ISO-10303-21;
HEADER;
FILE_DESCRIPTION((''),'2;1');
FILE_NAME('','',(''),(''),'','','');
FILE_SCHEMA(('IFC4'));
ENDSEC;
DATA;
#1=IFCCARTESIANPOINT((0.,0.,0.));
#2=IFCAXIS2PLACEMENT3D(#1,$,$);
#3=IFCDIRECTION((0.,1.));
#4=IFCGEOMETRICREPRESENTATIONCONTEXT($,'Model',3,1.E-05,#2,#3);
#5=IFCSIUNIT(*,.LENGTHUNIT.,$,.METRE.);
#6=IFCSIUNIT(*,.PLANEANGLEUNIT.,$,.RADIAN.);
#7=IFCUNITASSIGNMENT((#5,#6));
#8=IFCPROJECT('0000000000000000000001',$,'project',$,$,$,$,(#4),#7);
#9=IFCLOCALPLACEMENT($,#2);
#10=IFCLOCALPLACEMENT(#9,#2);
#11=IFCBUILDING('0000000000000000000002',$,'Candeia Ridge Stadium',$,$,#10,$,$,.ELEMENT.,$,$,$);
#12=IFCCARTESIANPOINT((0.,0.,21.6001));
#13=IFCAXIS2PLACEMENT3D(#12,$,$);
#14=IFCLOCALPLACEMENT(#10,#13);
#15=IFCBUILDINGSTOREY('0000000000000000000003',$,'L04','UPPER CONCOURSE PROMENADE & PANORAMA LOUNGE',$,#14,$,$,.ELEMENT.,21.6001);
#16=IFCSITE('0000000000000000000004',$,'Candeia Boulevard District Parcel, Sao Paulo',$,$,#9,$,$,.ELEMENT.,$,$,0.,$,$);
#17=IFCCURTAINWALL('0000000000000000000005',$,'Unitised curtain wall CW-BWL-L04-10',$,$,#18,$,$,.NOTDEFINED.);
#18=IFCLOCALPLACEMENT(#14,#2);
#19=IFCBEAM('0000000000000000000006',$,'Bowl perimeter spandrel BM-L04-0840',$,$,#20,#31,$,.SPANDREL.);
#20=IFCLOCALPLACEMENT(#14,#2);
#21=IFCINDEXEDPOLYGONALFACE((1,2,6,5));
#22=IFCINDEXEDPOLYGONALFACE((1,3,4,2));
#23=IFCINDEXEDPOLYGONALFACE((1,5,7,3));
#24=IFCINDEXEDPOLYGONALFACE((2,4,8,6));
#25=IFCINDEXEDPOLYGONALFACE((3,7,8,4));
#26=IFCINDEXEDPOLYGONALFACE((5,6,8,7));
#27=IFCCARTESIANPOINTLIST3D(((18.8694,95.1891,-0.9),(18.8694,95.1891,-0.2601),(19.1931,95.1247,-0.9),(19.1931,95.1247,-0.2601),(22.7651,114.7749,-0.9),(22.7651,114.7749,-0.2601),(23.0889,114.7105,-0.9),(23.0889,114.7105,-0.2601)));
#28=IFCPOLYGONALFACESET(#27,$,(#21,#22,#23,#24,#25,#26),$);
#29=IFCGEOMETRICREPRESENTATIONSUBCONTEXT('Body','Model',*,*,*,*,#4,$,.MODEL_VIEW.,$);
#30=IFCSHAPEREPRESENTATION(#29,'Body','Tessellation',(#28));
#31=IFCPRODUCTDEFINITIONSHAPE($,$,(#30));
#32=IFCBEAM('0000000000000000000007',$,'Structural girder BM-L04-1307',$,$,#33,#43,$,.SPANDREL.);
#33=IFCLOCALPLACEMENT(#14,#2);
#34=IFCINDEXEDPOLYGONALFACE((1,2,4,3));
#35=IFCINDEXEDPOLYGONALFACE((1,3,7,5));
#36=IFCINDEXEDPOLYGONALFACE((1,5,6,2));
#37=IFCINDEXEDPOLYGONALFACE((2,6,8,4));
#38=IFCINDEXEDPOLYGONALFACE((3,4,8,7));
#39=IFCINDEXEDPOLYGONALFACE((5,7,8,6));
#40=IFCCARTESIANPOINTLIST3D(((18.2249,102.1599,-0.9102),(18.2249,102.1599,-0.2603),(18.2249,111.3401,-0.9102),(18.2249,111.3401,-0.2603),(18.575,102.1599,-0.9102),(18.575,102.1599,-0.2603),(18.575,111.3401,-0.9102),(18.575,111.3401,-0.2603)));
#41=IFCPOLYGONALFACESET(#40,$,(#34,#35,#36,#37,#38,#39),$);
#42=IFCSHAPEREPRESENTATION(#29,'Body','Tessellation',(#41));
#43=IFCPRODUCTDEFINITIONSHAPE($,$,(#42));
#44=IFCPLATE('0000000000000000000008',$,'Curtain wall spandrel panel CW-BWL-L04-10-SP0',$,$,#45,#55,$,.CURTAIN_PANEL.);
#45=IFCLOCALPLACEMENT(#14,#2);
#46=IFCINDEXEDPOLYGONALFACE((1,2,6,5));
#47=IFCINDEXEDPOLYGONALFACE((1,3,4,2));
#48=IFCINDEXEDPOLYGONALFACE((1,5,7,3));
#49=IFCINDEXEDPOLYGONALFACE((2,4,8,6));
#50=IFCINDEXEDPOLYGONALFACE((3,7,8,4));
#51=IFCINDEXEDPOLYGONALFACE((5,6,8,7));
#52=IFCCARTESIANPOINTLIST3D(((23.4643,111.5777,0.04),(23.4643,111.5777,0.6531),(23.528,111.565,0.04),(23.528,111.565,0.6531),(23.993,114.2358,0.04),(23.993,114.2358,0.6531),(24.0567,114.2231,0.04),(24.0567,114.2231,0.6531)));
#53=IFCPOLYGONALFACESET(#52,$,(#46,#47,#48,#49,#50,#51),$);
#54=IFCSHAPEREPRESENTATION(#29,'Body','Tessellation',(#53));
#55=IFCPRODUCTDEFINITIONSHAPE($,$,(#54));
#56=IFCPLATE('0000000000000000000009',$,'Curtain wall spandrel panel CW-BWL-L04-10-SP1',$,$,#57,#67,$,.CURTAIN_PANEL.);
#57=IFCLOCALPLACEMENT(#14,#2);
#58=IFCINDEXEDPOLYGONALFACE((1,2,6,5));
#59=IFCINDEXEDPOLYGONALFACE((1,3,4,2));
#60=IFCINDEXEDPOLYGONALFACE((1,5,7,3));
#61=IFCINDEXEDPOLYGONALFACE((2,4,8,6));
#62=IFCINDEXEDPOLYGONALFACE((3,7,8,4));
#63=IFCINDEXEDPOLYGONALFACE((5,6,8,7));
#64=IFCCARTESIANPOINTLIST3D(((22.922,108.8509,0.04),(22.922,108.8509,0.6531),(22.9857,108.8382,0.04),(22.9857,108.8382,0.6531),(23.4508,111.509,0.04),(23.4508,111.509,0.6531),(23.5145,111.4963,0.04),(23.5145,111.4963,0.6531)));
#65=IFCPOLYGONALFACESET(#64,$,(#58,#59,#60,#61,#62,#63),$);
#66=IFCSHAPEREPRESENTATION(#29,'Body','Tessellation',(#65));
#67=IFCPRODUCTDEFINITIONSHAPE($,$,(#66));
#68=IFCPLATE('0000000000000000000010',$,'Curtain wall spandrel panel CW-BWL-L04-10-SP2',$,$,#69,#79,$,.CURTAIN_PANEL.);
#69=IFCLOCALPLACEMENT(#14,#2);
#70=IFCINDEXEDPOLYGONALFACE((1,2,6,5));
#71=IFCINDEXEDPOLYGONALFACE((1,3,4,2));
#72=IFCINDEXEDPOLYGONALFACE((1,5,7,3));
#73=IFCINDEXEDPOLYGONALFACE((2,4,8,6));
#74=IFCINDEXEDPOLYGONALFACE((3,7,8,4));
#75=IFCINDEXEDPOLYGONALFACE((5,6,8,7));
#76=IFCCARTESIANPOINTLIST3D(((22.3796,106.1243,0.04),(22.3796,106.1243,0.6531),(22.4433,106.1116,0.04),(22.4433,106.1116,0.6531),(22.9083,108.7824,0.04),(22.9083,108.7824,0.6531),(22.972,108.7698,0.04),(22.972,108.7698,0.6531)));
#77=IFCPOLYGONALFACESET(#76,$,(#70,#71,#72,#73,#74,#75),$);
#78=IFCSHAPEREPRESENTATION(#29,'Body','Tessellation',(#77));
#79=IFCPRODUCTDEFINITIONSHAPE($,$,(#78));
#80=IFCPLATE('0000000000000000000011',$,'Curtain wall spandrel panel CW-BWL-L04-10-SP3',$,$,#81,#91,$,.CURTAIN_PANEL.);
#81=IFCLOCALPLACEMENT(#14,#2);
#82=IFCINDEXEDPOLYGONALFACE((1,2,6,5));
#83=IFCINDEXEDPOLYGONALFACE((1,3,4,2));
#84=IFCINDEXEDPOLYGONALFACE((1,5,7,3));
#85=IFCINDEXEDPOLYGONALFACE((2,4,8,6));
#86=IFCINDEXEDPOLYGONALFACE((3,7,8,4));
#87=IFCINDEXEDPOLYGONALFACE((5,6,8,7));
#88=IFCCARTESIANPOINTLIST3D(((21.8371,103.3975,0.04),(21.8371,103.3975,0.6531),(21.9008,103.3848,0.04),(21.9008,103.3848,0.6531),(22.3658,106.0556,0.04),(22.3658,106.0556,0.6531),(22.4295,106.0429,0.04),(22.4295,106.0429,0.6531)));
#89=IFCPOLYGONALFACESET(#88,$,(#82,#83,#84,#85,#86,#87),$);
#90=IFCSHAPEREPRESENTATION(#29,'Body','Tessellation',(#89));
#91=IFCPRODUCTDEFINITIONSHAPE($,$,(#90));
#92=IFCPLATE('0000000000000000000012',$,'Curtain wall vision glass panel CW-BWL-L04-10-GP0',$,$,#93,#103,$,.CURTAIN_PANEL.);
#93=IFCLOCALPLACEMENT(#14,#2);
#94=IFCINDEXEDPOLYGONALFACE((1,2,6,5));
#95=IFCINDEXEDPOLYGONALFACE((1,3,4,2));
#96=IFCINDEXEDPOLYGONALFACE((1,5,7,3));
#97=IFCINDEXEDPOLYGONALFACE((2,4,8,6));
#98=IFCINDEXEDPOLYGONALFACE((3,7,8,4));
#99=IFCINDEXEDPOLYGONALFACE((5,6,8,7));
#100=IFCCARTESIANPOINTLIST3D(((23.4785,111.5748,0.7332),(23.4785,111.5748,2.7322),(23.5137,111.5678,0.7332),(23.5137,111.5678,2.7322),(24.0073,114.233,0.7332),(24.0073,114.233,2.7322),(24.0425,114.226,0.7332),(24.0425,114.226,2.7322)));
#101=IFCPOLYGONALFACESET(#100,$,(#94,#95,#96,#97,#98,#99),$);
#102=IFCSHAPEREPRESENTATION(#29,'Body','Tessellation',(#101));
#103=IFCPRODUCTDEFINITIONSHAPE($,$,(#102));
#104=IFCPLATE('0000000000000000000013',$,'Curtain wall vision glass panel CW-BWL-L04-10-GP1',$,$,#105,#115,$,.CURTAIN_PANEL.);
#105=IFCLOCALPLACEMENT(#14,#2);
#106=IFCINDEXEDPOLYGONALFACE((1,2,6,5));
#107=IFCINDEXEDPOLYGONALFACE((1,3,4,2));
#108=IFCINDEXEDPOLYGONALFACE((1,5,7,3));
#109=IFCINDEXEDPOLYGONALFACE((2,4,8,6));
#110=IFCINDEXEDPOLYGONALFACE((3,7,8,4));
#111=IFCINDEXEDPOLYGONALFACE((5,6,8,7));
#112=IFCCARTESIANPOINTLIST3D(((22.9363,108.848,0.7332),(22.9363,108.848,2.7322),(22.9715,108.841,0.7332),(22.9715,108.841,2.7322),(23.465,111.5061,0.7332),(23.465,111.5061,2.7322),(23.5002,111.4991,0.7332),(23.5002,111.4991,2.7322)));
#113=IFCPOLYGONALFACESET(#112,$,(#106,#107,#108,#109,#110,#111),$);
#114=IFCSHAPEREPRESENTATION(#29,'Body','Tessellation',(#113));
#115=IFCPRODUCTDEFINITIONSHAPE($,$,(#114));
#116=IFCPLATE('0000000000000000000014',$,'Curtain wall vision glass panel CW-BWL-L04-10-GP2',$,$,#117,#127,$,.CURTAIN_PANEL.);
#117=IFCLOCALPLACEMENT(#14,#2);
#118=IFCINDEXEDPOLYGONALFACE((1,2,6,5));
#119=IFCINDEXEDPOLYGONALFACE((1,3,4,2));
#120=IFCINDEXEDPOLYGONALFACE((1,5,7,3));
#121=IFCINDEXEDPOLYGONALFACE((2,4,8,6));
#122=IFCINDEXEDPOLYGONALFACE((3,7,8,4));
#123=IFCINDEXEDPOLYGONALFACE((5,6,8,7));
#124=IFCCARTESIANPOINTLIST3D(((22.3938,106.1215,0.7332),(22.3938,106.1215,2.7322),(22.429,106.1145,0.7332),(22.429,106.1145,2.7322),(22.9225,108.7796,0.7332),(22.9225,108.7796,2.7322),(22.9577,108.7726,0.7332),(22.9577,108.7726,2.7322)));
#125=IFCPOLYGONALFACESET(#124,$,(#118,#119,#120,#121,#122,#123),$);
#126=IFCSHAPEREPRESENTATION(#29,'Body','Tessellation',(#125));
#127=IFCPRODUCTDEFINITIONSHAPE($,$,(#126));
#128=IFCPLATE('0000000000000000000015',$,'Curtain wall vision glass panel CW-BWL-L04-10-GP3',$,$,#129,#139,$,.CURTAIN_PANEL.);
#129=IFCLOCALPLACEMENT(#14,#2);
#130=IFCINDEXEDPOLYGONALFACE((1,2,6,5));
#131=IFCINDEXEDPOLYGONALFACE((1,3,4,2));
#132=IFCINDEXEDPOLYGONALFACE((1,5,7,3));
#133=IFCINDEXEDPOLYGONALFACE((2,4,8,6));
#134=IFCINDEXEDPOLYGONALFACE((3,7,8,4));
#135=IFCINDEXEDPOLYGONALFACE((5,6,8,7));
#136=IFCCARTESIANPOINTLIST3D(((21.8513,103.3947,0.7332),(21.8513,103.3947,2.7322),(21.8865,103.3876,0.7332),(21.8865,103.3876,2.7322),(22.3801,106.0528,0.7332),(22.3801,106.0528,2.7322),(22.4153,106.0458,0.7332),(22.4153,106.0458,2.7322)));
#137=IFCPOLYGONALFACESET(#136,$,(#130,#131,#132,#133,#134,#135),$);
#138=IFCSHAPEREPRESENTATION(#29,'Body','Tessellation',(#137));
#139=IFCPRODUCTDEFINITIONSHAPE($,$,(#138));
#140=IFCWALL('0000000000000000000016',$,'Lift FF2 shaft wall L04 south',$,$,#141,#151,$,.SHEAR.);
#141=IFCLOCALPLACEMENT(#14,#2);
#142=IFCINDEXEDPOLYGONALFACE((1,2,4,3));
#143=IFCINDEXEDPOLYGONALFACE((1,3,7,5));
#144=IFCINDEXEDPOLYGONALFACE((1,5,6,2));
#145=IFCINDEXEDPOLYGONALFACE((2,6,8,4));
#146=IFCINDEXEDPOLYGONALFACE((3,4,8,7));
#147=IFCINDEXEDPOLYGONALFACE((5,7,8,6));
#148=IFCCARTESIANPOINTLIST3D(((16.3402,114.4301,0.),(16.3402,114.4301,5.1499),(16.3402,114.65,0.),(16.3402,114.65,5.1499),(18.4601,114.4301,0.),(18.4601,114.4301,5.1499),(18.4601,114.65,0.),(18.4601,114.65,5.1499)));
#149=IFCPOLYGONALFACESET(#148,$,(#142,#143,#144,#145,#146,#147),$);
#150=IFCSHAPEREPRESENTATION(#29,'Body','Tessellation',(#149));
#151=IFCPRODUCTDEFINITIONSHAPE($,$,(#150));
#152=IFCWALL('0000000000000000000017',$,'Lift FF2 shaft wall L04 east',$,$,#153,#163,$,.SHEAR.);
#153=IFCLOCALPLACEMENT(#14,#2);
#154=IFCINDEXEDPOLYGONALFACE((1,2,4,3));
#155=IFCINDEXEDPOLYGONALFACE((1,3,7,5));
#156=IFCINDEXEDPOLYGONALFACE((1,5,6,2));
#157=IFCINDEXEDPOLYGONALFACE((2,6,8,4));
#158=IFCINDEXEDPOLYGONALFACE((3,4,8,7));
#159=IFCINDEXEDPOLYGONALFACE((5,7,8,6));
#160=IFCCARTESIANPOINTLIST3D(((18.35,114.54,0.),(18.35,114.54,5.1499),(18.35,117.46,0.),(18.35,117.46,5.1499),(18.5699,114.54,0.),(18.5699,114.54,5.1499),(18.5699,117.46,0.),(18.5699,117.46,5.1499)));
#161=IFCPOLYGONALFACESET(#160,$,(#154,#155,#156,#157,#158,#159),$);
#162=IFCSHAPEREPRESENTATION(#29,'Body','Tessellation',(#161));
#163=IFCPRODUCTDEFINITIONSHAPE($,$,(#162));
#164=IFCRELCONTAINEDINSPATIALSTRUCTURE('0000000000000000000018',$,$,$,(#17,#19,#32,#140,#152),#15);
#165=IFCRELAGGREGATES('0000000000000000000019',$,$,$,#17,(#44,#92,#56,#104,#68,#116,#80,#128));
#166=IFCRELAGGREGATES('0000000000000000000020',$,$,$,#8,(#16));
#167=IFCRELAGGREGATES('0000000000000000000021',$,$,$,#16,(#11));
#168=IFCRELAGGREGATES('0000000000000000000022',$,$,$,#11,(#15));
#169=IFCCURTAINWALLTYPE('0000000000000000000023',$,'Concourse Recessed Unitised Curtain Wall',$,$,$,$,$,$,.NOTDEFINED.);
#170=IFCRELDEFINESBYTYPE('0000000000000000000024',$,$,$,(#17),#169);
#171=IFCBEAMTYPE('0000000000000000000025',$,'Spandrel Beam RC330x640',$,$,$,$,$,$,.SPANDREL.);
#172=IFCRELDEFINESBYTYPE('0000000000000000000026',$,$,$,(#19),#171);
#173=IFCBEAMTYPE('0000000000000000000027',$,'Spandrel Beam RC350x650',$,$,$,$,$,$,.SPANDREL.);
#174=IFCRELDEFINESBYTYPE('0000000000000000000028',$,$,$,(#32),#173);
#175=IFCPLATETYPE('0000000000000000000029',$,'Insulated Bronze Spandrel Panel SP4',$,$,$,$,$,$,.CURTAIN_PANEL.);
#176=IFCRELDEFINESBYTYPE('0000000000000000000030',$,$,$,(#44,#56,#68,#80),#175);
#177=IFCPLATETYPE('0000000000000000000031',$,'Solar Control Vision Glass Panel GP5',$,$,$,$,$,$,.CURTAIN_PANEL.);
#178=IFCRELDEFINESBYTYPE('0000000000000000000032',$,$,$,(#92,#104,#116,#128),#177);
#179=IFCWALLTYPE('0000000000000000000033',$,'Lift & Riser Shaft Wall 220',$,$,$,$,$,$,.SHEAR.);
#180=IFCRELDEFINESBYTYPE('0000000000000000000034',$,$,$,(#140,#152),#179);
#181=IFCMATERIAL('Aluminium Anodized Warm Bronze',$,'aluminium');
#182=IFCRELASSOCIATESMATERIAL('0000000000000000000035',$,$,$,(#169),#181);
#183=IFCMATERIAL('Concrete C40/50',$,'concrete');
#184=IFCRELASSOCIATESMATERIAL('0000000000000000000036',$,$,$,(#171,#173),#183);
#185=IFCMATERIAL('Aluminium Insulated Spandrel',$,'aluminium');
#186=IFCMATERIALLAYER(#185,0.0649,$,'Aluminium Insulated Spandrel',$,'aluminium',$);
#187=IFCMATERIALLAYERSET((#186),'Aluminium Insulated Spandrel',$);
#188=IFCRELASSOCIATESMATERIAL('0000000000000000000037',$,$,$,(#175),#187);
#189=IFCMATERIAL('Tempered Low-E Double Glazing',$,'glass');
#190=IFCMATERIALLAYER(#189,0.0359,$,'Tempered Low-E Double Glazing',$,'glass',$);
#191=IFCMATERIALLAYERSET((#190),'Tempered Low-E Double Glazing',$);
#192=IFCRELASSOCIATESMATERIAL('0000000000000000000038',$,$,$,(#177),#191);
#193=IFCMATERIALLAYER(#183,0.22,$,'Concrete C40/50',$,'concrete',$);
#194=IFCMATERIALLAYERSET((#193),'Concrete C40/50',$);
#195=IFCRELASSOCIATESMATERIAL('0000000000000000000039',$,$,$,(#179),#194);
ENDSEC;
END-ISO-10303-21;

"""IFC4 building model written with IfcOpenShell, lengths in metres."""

from ifc_helpers import new_model, si_unit, direction, frame, frame_2d, origin, origin_2d, place, context, subcontext, project, spatial, rectangle, extrude, material, layer, layer_set, material_profile, profile_set, type_object, element, aggregate, save


model = new_model("IFC4")

# Units and contexts
model_context = context("Model", 3, precision=1e-05, world=origin(), true_north=direction((0.0, 1.0)))
body_context = subcontext(model_context, "Body", "Model", "MODEL_VIEW")
ifc_project = project(units=[si_unit("LENGTHUNIT", "METRE"), si_unit("PLANEANGLEUNIT", "RADIAN")], contexts=[model_context])

# Site, building, storey
site_placement = place(None, origin())
site = spatial("IfcSite", under=ifc_project, at=site_placement, Name="Candeia Boulevard District Parcel, Sao Paulo", CompositionType="ELEMENT", RefElevation=0.0)
building_placement = place(site_placement, origin())
building = spatial("IfcBuilding", under=site, at=building_placement, Name="Candeia Ridge Stadium", CompositionType="ELEMENT")
storey_placement = place(building_placement, frame((0.0, 0.0, 21.6001)))
storey = spatial("IfcBuildingStorey", under=building, at=storey_placement, Name="L04", Description="UPPER CONCOURSE PROMENADE & PANORAMA LOUNGE", CompositionType="ELEMENT", Elevation=21.6001)

# Shared definitions
ifc_material_1 = material(Name="Concrete C40/50", Category="concrete")

# Shared definitions
ifc_material_2 = material(Name="Aluminium Anodized Warm Bronze", Category="aluminium")
curtain_wall_type = type_object("IfcCurtainWallType", Name="Concourse Recessed Unitised Curtain Wall", PredefinedType="NOTDEFINED", material=ifc_material_2)

# Curtain wall
curtain_wall_1_placement = place(storey_placement, origin())
curtain_wall_1 = element("IfcCurtainWall", 1, at=curtain_wall_1_placement, inside=storey, type_object=curtain_wall_type, Name="Unitised curtain wall CW-BWL-L04-10", PredefinedType="NOTDEFINED")

# Beams
ifc_material_profile_1 = material_profile(ifc_material_1, rectangle(XDim=0.3301, YDim=0.6399, at=origin_2d()), Name="RC330x640", Category="concrete")
ifc_profile_set_1 = profile_set([ifc_material_profile_1], Name="Concrete C40/50")
beam_type_1 = type_object("IfcBeamType", Name="Spandrel Beam RC330x640", PredefinedType="SPANDREL", material=ifc_profile_set_1)
beam_1_placement = place(storey_placement, frame((22.927, 114.7427, -0.5801), z_axis=(-0.195086, -0.980786, 0.0), x_axis=(0.980786, -0.195086, 0.0)))
element("IfcBeam", 2, at=beam_1_placement, inside=storey, type_object=beam_type_1, Name="Bowl perimeter spandrel BM-L04-0840", PredefinedType="SPANDREL", context=body_context, shape_type="SweptSolid", body=[
    extrude(rectangle(XDim=0.3301, YDim=0.6399, at=origin_2d()), origin(), (0.0, 0.0, 1.0), 19.9695),
])
ifc_material_profile_2 = material_profile(ifc_material_1, rectangle(XDim=0.3501, YDim=0.6499, at=origin_2d()), Name="RC350x650", Category="concrete")
ifc_profile_set_2 = profile_set([ifc_material_profile_2], Name="Concrete C40/50")
beam_type_2 = type_object("IfcBeamType", Name="Spandrel Beam RC350x650", PredefinedType="SPANDREL", material=ifc_profile_set_2)
beam_2_placement = place(storey_placement, frame((18.3999, 102.1599, -0.5852), z_axis=(0.0, 1.0, 0.0), x_axis=(-1.0, 0.0, 0.0)))
element("IfcBeam", 3, at=beam_2_placement, inside=storey, type_object=beam_type_2, Name="Structural girder BM-L04-1307", PredefinedType="SPANDREL", context=body_context, shape_type="SweptSolid", body=[
    extrude(rectangle(XDim=0.3501, YDim=0.6499, at=origin_2d()), origin(), (0.0, 0.0, 1.0), 9.1802),
])

# Plates
ifc_material_3 = material(Name="Aluminium Insulated Spandrel", Category="aluminium")
ifc_layer_1 = layer(ifc_material_3, 0.0649, Name="Aluminium Insulated Spandrel", Category="aluminium")
ifc_layer_set_1 = layer_set([ifc_layer_1], Name="Aluminium Insulated Spandrel")
plate_type_1 = type_object("IfcPlateType", Name="Insulated Bronze Spandrel Panel SP4", PredefinedType="CURTAIN_PANEL", material=ifc_layer_set_1)
plate_1_placement = place(storey_placement, frame((23.7605, 112.9004, 0.04), z_axis=(0.0, 0.0, 1.0), x_axis=(-0.19509, -0.980785, 0.0)))
plate_1 = element("IfcPlate", 4, at=plate_1_placement, type_object=plate_type_1, Name="Curtain wall spandrel panel CW-BWL-L04-10-SP0", PredefinedType="CURTAIN_PANEL", context=body_context, shape_type="SweptSolid", body=[
    extrude(rectangle(XDim=2.7102, YDim=0.0649, at=origin_2d()), origin(), (0.0, 0.0, 1.0), 0.613),
])
plate_2_placement = place(storey_placement, frame((23.2183, 110.1736, 0.04), z_axis=(0.0, 0.0, 1.0), x_axis=(-0.19509, -0.980785, 0.0)))
plate_2 = element("IfcPlate", 5, at=plate_2_placement, type_object=plate_type_1, Name="Curtain wall spandrel panel CW-BWL-L04-10-SP1", PredefinedType="CURTAIN_PANEL", context=body_context, shape_type="SweptSolid", body=[
    extrude(rectangle(XDim=2.7102, YDim=0.0649, at=origin_2d()), origin(), (0.0, 0.0, 1.0), 0.613),
])
plate_3_placement = place(storey_placement, frame((22.6758, 107.447, 0.04), z_axis=(0.0, 0.0, 1.0), x_axis=(-0.19509, -0.980785, 0.0)))
plate_3 = element("IfcPlate", 6, at=plate_3_placement, type_object=plate_type_1, Name="Curtain wall spandrel panel CW-BWL-L04-10-SP2", PredefinedType="CURTAIN_PANEL", context=body_context, shape_type="SweptSolid", body=[
    extrude(rectangle(XDim=2.7102, YDim=0.0649, at=origin_2d()), origin(), (0.0, 0.0, 1.0), 0.613),
])
plate_4_placement = place(storey_placement, frame((22.1333, 104.7202, 0.04), z_axis=(0.0, 0.0, 1.0), x_axis=(-0.19509, -0.980785, 0.0)))
plate_4 = element("IfcPlate", 7, at=plate_4_placement, type_object=plate_type_1, Name="Curtain wall spandrel panel CW-BWL-L04-10-SP3", PredefinedType="CURTAIN_PANEL", context=body_context, shape_type="SweptSolid", body=[
    extrude(rectangle(XDim=2.7102, YDim=0.0649, at=origin_2d()), origin(), (0.0, 0.0, 1.0), 0.613),
])
ifc_material_4 = material(Name="Tempered Low-E Double Glazing", Category="glass")
ifc_layer_2 = layer(ifc_material_4, 0.0359, Name="Tempered Low-E Double Glazing", Category="glass")
ifc_layer_set_2 = layer_set([ifc_layer_2], Name="Tempered Low-E Double Glazing")
plate_type_2 = type_object("IfcPlateType", Name="Solar Control Vision Glass Panel GP5", PredefinedType="CURTAIN_PANEL", material=ifc_layer_set_2)
plate_5_placement = place(storey_placement, frame((23.7605, 112.9004, 0.7332), z_axis=(0.0, 0.0, 1.0), x_axis=(-0.19509, -0.980785, 0.0)))
plate_5 = element("IfcPlate", 8, at=plate_5_placement, type_object=plate_type_2, Name="Curtain wall vision glass panel CW-BWL-L04-10-GP0", PredefinedType="CURTAIN_PANEL", context=body_context, shape_type="SweptSolid", body=[
    extrude(rectangle(XDim=2.7102, YDim=0.0359, at=origin_2d()), origin(), (0.0, 0.0, 1.0), 1.999),
])
plate_6_placement = place(storey_placement, frame((23.2183, 110.1736, 0.7332), z_axis=(0.0, 0.0, 1.0), x_axis=(-0.19509, -0.980785, 0.0)))
plate_6 = element("IfcPlate", 9, at=plate_6_placement, type_object=plate_type_2, Name="Curtain wall vision glass panel CW-BWL-L04-10-GP1", PredefinedType="CURTAIN_PANEL", context=body_context, shape_type="SweptSolid", body=[
    extrude(rectangle(XDim=2.7102, YDim=0.0359, at=origin_2d()), origin(), (0.0, 0.0, 1.0), 1.999),
])
plate_7_placement = place(storey_placement, frame((22.6758, 107.447, 0.7332), z_axis=(0.0, 0.0, 1.0), x_axis=(-0.19509, -0.980785, 0.0)))
plate_7 = element("IfcPlate", 10, at=plate_7_placement, type_object=plate_type_2, Name="Curtain wall vision glass panel CW-BWL-L04-10-GP2", PredefinedType="CURTAIN_PANEL", context=body_context, shape_type="SweptSolid", body=[
    extrude(rectangle(XDim=2.7102, YDim=0.0359, at=origin_2d()), origin(), (0.0, 0.0, 1.0), 1.999),
])
plate_8_placement = place(storey_placement, frame((22.1333, 104.7202, 0.7332), z_axis=(0.0, 0.0, 1.0), x_axis=(-0.19509, -0.980785, 0.0)))
plate_8 = element("IfcPlate", 11, at=plate_8_placement, type_object=plate_type_2, Name="Curtain wall vision glass panel CW-BWL-L04-10-GP3", PredefinedType="CURTAIN_PANEL", context=body_context, shape_type="SweptSolid", body=[
    extrude(rectangle(XDim=2.7102, YDim=0.0359, at=origin_2d()), origin(), (0.0, 0.0, 1.0), 1.999),
])
aggregate(curtain_wall_1, [plate_1, plate_5, plate_2, plate_6, plate_3, plate_7, plate_4, plate_8])

# Walls
ifc_layer_3 = layer(ifc_material_1, 0.22, Name="Concrete C40/50", Category="concrete")
ifc_layer_set_3 = layer_set([ifc_layer_3], Name="Concrete C40/50")
wall_type_1 = type_object("IfcWallType", Name="Lift & Riser Shaft Wall 220", PredefinedType="SHEAR", material=ifc_layer_set_3)
wall_1_placement = place(storey_placement, frame((16.3401, 114.54, 0.0), z_axis=(0.0, 0.0, 1.0), x_axis=(1.0, 0.0, 0.0)))
element("IfcWall", 12, at=wall_1_placement, inside=storey, type_object=wall_type_1, Name="Lift FF2 shaft wall L04 south", PredefinedType="SHEAR", context=body_context, shape_type="SweptSolid", body=[
    extrude(rectangle(XDim=2.1199, YDim=0.22, at=frame_2d((1.0601, 0.0))), origin(), (0.0, 0.0, 1.0), 5.1499),
])
wall_2_placement = place(storey_placement, frame((18.46, 114.54, 0.0), z_axis=(0.0, 0.0, 1.0), x_axis=(0.0, 1.0, 0.0)))
element("IfcWall", 13, at=wall_2_placement, inside=storey, type_object=wall_type_1, Name="Lift FF2 shaft wall L04 east", PredefinedType="SHEAR", context=body_context, shape_type="SweptSolid", body=[
    extrude(rectangle(XDim=2.9199, YDim=0.22, at=frame_2d((1.46, 0.0))), origin(), (0.0, 0.0, 1.0), 5.1499),
])

save(model, "model.ifc")
